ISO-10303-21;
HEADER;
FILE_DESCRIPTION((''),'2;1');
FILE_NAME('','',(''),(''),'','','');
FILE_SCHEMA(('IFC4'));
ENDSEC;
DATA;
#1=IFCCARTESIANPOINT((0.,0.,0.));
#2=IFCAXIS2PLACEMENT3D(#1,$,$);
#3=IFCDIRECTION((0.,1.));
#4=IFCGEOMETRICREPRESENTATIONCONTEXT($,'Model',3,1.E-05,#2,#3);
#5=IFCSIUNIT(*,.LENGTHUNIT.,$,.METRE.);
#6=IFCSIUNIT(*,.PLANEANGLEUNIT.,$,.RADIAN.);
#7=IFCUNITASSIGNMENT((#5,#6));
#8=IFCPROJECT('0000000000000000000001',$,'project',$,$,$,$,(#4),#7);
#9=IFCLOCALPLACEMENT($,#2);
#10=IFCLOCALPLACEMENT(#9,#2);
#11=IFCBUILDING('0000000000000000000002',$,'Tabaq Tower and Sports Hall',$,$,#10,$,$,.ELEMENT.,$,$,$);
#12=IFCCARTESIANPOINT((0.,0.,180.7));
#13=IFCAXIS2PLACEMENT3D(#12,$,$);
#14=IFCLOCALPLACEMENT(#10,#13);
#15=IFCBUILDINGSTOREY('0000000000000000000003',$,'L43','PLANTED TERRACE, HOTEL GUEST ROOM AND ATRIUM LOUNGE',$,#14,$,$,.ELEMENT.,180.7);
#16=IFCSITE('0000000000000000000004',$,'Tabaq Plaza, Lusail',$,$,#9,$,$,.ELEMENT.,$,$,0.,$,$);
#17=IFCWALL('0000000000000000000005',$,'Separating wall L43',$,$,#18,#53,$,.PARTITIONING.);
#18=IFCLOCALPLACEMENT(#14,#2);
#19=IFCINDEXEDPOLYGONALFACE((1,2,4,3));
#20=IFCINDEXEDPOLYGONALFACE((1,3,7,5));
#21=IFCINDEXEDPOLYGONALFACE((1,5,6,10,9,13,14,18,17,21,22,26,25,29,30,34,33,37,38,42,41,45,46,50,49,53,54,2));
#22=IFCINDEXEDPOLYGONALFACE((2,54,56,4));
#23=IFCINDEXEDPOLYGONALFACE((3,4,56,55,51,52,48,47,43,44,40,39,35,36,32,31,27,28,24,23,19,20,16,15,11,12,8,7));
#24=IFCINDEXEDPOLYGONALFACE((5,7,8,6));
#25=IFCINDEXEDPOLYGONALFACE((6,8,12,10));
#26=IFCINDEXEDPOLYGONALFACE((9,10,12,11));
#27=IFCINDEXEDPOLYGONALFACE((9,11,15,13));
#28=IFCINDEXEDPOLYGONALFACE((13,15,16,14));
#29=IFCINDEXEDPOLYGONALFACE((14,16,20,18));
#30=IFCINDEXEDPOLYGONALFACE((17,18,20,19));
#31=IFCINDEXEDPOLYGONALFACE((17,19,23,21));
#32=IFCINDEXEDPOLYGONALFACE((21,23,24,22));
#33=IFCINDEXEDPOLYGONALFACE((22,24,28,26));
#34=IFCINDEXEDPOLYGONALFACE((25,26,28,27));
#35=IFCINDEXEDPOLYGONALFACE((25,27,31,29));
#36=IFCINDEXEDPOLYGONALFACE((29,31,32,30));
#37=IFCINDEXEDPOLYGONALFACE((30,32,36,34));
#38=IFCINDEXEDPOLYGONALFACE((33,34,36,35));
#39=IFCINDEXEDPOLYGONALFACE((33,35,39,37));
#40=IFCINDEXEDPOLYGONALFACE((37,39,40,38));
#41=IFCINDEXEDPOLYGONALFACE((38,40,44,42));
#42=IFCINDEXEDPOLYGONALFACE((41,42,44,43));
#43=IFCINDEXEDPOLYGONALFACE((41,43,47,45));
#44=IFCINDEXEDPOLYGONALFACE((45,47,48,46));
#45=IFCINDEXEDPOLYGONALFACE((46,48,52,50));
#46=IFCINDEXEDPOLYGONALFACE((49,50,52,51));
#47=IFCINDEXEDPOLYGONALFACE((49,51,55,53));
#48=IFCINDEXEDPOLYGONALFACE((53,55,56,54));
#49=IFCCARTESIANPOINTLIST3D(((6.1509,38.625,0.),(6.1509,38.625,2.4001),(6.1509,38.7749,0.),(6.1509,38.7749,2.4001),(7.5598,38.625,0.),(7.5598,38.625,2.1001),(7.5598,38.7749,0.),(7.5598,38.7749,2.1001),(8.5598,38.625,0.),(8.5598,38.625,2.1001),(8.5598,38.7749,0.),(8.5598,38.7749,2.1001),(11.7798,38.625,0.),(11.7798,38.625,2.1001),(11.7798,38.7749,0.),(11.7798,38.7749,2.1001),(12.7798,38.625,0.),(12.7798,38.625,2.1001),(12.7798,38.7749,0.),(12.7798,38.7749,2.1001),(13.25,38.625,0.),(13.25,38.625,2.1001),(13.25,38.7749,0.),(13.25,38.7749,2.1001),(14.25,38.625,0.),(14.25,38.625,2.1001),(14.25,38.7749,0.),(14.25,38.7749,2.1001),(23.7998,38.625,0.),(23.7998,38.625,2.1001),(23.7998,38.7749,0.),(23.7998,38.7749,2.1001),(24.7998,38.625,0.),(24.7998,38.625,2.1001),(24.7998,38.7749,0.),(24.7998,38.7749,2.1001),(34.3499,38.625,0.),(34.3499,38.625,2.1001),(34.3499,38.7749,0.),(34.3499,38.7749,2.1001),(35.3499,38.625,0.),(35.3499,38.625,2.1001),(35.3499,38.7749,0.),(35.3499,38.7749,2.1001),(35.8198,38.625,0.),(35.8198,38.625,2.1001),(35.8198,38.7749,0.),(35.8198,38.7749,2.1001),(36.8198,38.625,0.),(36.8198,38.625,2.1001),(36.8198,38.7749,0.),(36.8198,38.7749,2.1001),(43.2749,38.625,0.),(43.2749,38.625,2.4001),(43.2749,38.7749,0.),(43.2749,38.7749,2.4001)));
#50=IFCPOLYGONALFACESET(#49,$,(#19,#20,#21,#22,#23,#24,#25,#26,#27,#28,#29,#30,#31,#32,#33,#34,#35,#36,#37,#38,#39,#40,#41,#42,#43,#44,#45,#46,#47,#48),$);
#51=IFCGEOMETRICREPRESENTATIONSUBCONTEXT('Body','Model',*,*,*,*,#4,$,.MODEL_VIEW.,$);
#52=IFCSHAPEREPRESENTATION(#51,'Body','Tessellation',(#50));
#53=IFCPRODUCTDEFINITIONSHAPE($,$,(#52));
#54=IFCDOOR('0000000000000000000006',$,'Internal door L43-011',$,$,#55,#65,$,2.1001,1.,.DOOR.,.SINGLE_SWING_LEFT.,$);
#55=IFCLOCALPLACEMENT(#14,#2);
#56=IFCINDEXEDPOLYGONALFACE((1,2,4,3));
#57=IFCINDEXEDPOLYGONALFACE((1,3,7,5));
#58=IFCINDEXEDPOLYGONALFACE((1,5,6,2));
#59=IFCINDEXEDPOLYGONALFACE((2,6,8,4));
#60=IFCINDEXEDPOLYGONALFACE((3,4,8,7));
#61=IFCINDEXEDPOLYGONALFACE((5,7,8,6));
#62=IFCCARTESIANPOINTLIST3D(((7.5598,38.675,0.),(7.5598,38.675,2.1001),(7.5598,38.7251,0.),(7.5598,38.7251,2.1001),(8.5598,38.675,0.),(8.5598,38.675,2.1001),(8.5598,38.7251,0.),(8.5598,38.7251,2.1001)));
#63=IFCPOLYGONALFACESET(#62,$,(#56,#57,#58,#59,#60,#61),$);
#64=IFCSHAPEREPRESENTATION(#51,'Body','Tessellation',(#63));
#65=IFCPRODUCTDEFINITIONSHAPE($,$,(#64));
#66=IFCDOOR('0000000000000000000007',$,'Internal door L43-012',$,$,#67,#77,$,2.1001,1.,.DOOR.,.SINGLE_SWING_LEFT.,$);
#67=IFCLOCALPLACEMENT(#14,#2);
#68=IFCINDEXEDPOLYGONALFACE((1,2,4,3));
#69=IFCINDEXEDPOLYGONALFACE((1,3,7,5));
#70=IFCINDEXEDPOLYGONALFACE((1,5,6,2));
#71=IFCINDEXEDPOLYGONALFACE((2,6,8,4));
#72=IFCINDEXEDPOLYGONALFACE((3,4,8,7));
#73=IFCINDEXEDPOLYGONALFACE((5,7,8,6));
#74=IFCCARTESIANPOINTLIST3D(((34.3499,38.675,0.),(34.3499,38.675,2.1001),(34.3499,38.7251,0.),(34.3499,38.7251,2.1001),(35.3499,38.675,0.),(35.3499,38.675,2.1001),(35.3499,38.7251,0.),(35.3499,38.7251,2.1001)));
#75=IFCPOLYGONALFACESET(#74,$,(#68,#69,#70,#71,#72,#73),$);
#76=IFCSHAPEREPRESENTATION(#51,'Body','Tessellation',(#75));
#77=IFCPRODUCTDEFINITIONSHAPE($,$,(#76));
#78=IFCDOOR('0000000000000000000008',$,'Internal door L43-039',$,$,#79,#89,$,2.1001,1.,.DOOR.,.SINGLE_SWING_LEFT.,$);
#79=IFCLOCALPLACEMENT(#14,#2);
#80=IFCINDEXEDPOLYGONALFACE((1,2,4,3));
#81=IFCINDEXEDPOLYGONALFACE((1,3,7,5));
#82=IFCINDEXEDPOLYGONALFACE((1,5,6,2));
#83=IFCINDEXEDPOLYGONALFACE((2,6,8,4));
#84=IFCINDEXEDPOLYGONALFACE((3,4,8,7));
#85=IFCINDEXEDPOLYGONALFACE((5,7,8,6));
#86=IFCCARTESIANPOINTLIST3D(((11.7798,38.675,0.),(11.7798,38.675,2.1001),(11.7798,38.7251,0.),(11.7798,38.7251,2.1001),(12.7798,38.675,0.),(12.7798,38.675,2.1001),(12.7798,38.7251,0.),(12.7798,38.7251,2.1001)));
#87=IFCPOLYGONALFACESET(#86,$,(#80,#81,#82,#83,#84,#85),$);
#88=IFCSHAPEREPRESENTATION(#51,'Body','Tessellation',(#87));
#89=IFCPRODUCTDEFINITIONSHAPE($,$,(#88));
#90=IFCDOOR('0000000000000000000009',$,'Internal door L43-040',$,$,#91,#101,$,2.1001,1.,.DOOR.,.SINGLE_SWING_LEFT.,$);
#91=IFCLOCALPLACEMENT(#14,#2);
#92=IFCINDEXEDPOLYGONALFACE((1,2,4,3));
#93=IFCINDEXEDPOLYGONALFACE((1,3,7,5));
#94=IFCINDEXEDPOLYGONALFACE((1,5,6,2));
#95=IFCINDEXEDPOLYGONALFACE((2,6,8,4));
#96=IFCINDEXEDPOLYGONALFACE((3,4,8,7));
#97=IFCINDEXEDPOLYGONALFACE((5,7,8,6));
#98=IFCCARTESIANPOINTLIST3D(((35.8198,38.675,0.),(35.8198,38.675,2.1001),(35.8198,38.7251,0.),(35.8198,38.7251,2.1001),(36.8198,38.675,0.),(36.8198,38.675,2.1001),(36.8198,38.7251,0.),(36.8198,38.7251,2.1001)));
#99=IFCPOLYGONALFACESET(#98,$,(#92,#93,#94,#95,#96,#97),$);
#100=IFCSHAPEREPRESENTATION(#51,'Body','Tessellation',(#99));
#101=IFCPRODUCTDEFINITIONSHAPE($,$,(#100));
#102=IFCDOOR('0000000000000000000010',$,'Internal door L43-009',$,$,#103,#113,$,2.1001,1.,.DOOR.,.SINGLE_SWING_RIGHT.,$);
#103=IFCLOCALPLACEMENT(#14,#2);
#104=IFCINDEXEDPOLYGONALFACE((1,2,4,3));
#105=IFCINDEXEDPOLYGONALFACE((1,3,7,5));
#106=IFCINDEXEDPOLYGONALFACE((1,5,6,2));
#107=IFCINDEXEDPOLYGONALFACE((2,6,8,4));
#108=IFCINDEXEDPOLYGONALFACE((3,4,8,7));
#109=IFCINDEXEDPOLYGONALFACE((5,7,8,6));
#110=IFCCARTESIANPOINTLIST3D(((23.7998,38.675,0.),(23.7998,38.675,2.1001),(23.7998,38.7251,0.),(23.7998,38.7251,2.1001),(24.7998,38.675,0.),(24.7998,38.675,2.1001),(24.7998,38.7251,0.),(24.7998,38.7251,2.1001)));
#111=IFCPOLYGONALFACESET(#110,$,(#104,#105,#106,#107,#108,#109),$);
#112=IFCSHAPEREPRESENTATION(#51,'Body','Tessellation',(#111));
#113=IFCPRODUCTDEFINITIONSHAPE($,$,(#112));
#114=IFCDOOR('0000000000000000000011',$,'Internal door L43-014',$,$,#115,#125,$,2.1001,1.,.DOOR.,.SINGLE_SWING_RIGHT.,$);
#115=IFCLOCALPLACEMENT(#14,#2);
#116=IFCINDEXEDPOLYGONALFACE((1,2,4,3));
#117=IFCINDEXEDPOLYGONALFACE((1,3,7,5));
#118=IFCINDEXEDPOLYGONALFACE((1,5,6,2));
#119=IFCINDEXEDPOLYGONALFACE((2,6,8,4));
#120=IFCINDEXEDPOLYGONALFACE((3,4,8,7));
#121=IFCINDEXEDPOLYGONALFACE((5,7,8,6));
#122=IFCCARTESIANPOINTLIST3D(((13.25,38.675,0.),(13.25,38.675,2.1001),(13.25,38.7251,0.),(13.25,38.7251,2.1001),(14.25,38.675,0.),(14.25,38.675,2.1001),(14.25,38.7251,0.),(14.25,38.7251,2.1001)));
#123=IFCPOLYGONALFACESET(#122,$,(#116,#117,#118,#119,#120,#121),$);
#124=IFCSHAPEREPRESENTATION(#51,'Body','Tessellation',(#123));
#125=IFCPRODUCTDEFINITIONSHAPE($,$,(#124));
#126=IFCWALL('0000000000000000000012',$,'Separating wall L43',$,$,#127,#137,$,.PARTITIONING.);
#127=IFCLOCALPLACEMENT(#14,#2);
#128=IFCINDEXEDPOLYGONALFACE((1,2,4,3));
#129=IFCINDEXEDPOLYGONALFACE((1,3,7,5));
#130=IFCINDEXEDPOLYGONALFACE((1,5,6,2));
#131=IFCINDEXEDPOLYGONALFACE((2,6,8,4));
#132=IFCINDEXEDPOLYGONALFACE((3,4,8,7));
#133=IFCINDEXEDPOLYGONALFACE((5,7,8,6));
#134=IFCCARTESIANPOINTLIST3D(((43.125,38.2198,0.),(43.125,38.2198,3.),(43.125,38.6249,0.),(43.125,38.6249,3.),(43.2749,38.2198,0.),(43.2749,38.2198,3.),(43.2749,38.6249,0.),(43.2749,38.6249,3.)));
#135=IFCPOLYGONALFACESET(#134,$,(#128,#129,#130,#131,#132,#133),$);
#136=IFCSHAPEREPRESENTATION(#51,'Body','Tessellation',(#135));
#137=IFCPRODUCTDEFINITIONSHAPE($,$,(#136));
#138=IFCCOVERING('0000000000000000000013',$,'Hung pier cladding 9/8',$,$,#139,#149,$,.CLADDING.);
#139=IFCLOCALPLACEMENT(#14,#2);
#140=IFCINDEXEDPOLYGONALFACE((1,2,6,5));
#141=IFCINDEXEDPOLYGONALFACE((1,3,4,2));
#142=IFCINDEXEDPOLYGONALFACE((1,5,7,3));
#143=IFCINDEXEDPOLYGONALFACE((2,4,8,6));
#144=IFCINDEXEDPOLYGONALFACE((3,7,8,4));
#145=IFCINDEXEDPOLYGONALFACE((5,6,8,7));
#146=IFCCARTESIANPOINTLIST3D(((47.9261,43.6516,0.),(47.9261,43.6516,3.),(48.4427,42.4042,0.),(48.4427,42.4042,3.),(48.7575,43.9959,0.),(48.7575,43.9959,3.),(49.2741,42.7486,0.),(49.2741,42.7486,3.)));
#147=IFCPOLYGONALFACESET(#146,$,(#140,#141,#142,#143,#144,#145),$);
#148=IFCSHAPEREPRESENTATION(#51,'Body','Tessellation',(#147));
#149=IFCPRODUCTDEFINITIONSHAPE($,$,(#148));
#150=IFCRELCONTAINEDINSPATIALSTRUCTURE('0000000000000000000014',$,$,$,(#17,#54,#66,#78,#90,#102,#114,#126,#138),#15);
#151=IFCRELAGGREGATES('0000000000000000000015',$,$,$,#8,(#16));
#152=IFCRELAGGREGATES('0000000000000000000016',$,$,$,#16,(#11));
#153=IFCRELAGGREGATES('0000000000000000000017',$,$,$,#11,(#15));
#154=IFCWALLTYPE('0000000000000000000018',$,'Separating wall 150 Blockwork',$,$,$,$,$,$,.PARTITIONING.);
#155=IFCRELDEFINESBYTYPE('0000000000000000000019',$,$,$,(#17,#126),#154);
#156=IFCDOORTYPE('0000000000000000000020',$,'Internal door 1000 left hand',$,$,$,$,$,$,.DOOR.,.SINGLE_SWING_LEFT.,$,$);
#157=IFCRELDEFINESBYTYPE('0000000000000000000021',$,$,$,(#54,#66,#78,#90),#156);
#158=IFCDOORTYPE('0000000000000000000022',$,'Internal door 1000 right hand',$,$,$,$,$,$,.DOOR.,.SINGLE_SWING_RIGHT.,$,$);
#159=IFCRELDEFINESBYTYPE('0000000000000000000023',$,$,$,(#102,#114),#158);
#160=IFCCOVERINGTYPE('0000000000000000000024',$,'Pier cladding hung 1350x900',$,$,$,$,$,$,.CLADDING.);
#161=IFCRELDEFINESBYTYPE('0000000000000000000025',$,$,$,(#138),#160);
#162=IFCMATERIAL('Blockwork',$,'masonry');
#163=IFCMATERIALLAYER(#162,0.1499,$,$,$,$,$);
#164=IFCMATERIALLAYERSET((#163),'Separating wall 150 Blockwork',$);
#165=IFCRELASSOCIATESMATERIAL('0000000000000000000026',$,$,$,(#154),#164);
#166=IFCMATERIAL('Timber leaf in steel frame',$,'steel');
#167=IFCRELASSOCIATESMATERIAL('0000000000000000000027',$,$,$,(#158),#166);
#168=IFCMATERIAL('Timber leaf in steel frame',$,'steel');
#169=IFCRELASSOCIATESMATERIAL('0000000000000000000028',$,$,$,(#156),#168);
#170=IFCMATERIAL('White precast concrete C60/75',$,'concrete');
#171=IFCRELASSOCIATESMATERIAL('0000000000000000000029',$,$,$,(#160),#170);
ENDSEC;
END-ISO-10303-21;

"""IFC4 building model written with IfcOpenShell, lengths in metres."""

from ifc_helpers import new_model, si_unit, direction, frame, frame_2d, origin, place, context, subcontext, project, spatial, rectangle, extrude, material, layer, layer_set, type_object, element, fill, save


model = new_model("IFC4")

# Units and contexts
model_context = context("Model", 3, precision=1e-05, world=origin(), true_north=direction((0.0, 1.0)))
body_context = subcontext(model_context, "Body", "Model", "MODEL_VIEW")
ifc_project = project(units=[si_unit("LENGTHUNIT", "METRE"), si_unit("PLANEANGLEUNIT", "RADIAN")], contexts=[model_context])

# Site, building, storey
site_placement = place(None, origin())
site = spatial("IfcSite", under=ifc_project, at=site_placement, Name="Tabaq Plaza, Lusail", CompositionType="ELEMENT", RefElevation=0.0)
building_placement = place(site_placement, origin())
building = spatial("IfcBuilding", under=site, at=building_placement, Name="Tabaq Tower and Sports Hall", CompositionType="ELEMENT")
storey_placement = place(building_placement, frame((0.0, 0.0, 180.7)))
storey = spatial("IfcBuildingStorey", under=building, at=storey_placement, Name="L43", Description="PLANTED TERRACE, HOTEL GUEST ROOM AND ATRIUM LOUNGE", CompositionType="ELEMENT", Elevation=180.7)

# Wall, openings, doors
ifc_material_1 = material(Name="Blockwork", Category="masonry")
ifc_layer_1 = layer(ifc_material_1, 0.1499)
ifc_layer_set_1 = layer_set([ifc_layer_1], Name="Separating wall 150 Blockwork")
wall_type_1 = type_object("IfcWallType", Name="Separating wall 150 Blockwork", PredefinedType="PARTITIONING", material=ifc_layer_set_1)
ifc_material_2 = material(Name="Timber leaf in steel frame", Category="steel")
door_type_1 = type_object("IfcDoorType", Name="Internal door 1000 right hand", OperationType="SINGLE_SWING_RIGHT", PredefinedType="DOOR", material=ifc_material_2)
wall_1_placement = place(storey_placement, frame((43.2749, 38.7, 0.0), z_axis=(0.0, 0.0, 1.0), x_axis=(-1.0, 0.0, 0.0)))
wall_1 = element("IfcWall", 1, at=wall_1_placement, inside=storey, type_object=wall_type_1, Name="Separating wall L43", PredefinedType="PARTITIONING", context=body_context, shape_type="SweptSolid", body=[
    extrude(rectangle(XDim=37.124, YDim=0.1499, at=frame_2d((18.562, 0.0))), origin(), (0.0, 0.0, 1.0), 2.4001),
])
opening_1_placement = place(wall_1_placement, frame((18.4751, 0.0, 0.0)))
opening_1 = element("IfcOpeningElement", 2, at=opening_1_placement, cuts=wall_1, PredefinedType="OPENING", context=body_context, shape_type="SweptSolid", body=[
    extrude(rectangle(XDim=1.0, YDim=2.1001, at=frame_2d((0.5, 1.05))), frame((0.0, 0.075, 0.0), z_axis=(0.0, -1.0, 0.0), x_axis=(1.0, 0.0, 0.0)), (0.0, 0.0, 1.0), 0.1499),
])
opening_2_placement = place(wall_1_placement, frame((34.7151, 0.0, 0.0)))
opening_2 = element("IfcOpeningElement", 3, at=opening_2_placement, cuts=wall_1, PredefinedType="OPENING", context=body_context, shape_type="SweptSolid", body=[
    extrude(rectangle(XDim=1.0, YDim=2.1001, at=frame_2d((0.5, 1.05))), frame((0.0, 0.075, 0.0), z_axis=(0.0, -1.0, 0.0), x_axis=(1.0, 0.0, 0.0)), (0.0, 0.0, 1.0), 0.1499),
])
opening_3_placement = place(wall_1_placement, frame((7.925, 0.0, 0.0)))
opening_3 = element("IfcOpeningElement", 4, at=opening_3_placement, cuts=wall_1, PredefinedType="OPENING", context=body_context, shape_type="SweptSolid", body=[
    extrude(rectangle(XDim=1.0, YDim=2.1001, at=frame_2d((0.5, 1.05))), frame((0.0, 0.075, 0.0), z_axis=(0.0, -1.0, 0.0), x_axis=(1.0, 0.0, 0.0)), (0.0, 0.0, 1.0), 0.1499),
])
opening_4_placement = place(wall_1_placement, frame((29.0249, 0.0, 0.0)))
opening_4 = element("IfcOpeningElement", 5, at=opening_4_placement, cuts=wall_1, PredefinedType="OPENING", context=body_context, shape_type="SweptSolid", body=[
    extrude(rectangle(XDim=1.0, YDim=2.1001, at=frame_2d((0.5, 1.05))), frame((0.0, 0.075, 0.0), z_axis=(0.0, -1.0, 0.0), x_axis=(1.0, 0.0, 0.0)), (0.0, 0.0, 1.0), 0.1499),
])
opening_5_placement = place(wall_1_placement, frame((30.4951, 0.0, 0.0)))
opening_5 = element("IfcOpeningElement", 6, at=opening_5_placement, cuts=wall_1, PredefinedType="OPENING", context=body_context, shape_type="SweptSolid", body=[
    extrude(rectangle(XDim=1.0, YDim=2.1001, at=frame_2d((0.5, 1.05))), frame((0.0, 0.075, 0.0), z_axis=(0.0, -1.0, 0.0), x_axis=(1.0, 0.0, 0.0)), (0.0, 0.0, 1.0), 0.1499),
])
opening_6_placement = place(wall_1_placement, frame((6.4551, 0.0, 0.0)))
opening_6 = element("IfcOpeningElement", 7, at=opening_6_placement, cuts=wall_1, PredefinedType="OPENING", context=body_context, shape_type="SweptSolid", body=[
    extrude(rectangle(XDim=1.0, YDim=2.1001, at=frame_2d((0.5, 1.05))), frame((0.0, 0.075, 0.0), z_axis=(0.0, -1.0, 0.0), x_axis=(1.0, 0.0, 0.0)), (0.0, 0.0, 1.0), 0.1499),
])
ifc_material_3 = material(Name="Timber leaf in steel frame", Category="steel")
door_type_2 = type_object("IfcDoorType", Name="Internal door 1000 left hand", OperationType="SINGLE_SWING_LEFT", PredefinedType="DOOR", material=ifc_material_3)
door_1_placement = place(opening_2_placement, origin())
door_1 = element("IfcDoor", 8, at=door_1_placement, inside=storey, type_object=door_type_2, Name="Internal door L43-011", OperationType="SINGLE_SWING_LEFT", OverallHeight=2.1001, OverallWidth=1.0, PredefinedType="DOOR", context=body_context, shape_type="SweptSolid", body=[
    extrude(rectangle(XDim=1.0, YDim=2.1001, at=frame_2d((0.5, 1.05))), frame((0.0, 0.0249, 0.0), z_axis=(0.0, -1.0, 0.0), x_axis=(1.0, 0.0, 0.0)), (0.0, 0.0, 1.0), 0.05),
])
fill(opening_2, door_1)
door_2_placement = place(opening_3_placement, origin())
door_2 = element("IfcDoor", 9, at=door_2_placement, inside=storey, type_object=door_type_2, Name="Internal door L43-012", OperationType="SINGLE_SWING_LEFT", OverallHeight=2.1001, OverallWidth=1.0, PredefinedType="DOOR", context=body_context, shape_type="SweptSolid", body=[
    extrude(rectangle(XDim=1.0, YDim=2.1001, at=frame_2d((0.5, 1.05))), frame((0.0, 0.0249, 0.0), z_axis=(0.0, -1.0, 0.0), x_axis=(1.0, 0.0, 0.0)), (0.0, 0.0, 1.0), 0.05),
])
fill(opening_3, door_2)
door_3_placement = place(opening_5_placement, origin())
door_3 = element("IfcDoor", 10, at=door_3_placement, inside=storey, type_object=door_type_2, Name="Internal door L43-039", OperationType="SINGLE_SWING_LEFT", OverallHeight=2.1001, OverallWidth=1.0, PredefinedType="DOOR", context=body_context, shape_type="SweptSolid", body=[
    extrude(rectangle(XDim=1.0, YDim=2.1001, at=frame_2d((0.5, 1.05))), frame((0.0, 0.0249, 0.0), z_axis=(0.0, -1.0, 0.0), x_axis=(1.0, 0.0, 0.0)), (0.0, 0.0, 1.0), 0.05),
])
fill(opening_5, door_3)
door_4_placement = place(opening_6_placement, origin())
door_4 = element("IfcDoor", 11, at=door_4_placement, inside=storey, type_object=door_type_2, Name="Internal door L43-040", OperationType="SINGLE_SWING_LEFT", OverallHeight=2.1001, OverallWidth=1.0, PredefinedType="DOOR", context=body_context, shape_type="SweptSolid", body=[
    extrude(rectangle(XDim=1.0, YDim=2.1001, at=frame_2d((0.5, 1.05))), frame((0.0, 0.0249, 0.0), z_axis=(0.0, -1.0, 0.0), x_axis=(1.0, 0.0, 0.0)), (0.0, 0.0, 1.0), 0.05),
])
fill(opening_6, door_4)
door_5_placement = place(opening_1_placement, origin())
door_5 = element("IfcDoor", 12, at=door_5_placement, inside=storey, type_object=door_type_1, Name="Internal door L43-009", OperationType="SINGLE_SWING_RIGHT", OverallHeight=2.1001, OverallWidth=1.0, PredefinedType="DOOR", context=body_context, shape_type="SweptSolid", body=[
    extrude(rectangle(XDim=1.0, YDim=2.1001, at=frame_2d((0.5, 1.05))), frame((0.0, 0.0249, 0.0), z_axis=(0.0, -1.0, 0.0), x_axis=(1.0, 0.0, 0.0)), (0.0, 0.0, 1.0), 0.05),
])
fill(opening_1, door_5)
door_6_placement = place(opening_4_placement, origin())
door_6 = element("IfcDoor", 13, at=door_6_placement, inside=storey, type_object=door_type_1, Name="Internal door L43-014", OperationType="SINGLE_SWING_RIGHT", OverallHeight=2.1001, OverallWidth=1.0, PredefinedType="DOOR", context=body_context, shape_type="SweptSolid", body=[
    extrude(rectangle(XDim=1.0, YDim=2.1001, at=frame_2d((0.5, 1.05))), frame((0.0, 0.0249, 0.0), z_axis=(0.0, -1.0, 0.0), x_axis=(1.0, 0.0, 0.0)), (0.0, 0.0, 1.0), 0.05),
])
fill(opening_4, door_6)

# Wall
wall_2_placement = place(storey_placement, frame((43.2, 38.625, 0.0), z_axis=(0.0, 0.0, 1.0), x_axis=(0.0, -1.0, 0.0)))
element("IfcWall", 14, at=wall_2_placement, inside=storey, type_object=wall_type_1, Name="Separating wall L43", PredefinedType="PARTITIONING", context=body_context, shape_type="SweptSolid", body=[
    extrude(rectangle(XDim=0.405, YDim=0.1499, at=frame_2d((0.2026, 0.0))), origin(), (0.0, 0.0, 1.0), 3.0),
])

# Covering
ifc_material_4 = material(Name="White precast concrete C60/75", Category="concrete")
covering_type = type_object("IfcCoveringType", Name="Pier cladding hung 1350x900", PredefinedType="CLADDING", material=ifc_material_4)
covering_placement = place(storey_placement, frame((48.8584, 42.5764, 0.0), z_axis=(0.0, 0.0, 1.0), x_axis=(-0.38265, 0.923893, 0.0)))
element("IfcCovering", 15, at=covering_placement, inside=storey, type_object=covering_type, Name="Hung pier cladding 9/8", PredefinedType="CLADDING", context=body_context, shape_type="SweptSolid", body=[
    extrude(rectangle(XDim=1.3501, YDim=0.8999, at=frame_2d((0.675, 0.0))), origin(), (0.0, 0.0, 1.0), 3.0),
])

save(model, "model.ifc")
